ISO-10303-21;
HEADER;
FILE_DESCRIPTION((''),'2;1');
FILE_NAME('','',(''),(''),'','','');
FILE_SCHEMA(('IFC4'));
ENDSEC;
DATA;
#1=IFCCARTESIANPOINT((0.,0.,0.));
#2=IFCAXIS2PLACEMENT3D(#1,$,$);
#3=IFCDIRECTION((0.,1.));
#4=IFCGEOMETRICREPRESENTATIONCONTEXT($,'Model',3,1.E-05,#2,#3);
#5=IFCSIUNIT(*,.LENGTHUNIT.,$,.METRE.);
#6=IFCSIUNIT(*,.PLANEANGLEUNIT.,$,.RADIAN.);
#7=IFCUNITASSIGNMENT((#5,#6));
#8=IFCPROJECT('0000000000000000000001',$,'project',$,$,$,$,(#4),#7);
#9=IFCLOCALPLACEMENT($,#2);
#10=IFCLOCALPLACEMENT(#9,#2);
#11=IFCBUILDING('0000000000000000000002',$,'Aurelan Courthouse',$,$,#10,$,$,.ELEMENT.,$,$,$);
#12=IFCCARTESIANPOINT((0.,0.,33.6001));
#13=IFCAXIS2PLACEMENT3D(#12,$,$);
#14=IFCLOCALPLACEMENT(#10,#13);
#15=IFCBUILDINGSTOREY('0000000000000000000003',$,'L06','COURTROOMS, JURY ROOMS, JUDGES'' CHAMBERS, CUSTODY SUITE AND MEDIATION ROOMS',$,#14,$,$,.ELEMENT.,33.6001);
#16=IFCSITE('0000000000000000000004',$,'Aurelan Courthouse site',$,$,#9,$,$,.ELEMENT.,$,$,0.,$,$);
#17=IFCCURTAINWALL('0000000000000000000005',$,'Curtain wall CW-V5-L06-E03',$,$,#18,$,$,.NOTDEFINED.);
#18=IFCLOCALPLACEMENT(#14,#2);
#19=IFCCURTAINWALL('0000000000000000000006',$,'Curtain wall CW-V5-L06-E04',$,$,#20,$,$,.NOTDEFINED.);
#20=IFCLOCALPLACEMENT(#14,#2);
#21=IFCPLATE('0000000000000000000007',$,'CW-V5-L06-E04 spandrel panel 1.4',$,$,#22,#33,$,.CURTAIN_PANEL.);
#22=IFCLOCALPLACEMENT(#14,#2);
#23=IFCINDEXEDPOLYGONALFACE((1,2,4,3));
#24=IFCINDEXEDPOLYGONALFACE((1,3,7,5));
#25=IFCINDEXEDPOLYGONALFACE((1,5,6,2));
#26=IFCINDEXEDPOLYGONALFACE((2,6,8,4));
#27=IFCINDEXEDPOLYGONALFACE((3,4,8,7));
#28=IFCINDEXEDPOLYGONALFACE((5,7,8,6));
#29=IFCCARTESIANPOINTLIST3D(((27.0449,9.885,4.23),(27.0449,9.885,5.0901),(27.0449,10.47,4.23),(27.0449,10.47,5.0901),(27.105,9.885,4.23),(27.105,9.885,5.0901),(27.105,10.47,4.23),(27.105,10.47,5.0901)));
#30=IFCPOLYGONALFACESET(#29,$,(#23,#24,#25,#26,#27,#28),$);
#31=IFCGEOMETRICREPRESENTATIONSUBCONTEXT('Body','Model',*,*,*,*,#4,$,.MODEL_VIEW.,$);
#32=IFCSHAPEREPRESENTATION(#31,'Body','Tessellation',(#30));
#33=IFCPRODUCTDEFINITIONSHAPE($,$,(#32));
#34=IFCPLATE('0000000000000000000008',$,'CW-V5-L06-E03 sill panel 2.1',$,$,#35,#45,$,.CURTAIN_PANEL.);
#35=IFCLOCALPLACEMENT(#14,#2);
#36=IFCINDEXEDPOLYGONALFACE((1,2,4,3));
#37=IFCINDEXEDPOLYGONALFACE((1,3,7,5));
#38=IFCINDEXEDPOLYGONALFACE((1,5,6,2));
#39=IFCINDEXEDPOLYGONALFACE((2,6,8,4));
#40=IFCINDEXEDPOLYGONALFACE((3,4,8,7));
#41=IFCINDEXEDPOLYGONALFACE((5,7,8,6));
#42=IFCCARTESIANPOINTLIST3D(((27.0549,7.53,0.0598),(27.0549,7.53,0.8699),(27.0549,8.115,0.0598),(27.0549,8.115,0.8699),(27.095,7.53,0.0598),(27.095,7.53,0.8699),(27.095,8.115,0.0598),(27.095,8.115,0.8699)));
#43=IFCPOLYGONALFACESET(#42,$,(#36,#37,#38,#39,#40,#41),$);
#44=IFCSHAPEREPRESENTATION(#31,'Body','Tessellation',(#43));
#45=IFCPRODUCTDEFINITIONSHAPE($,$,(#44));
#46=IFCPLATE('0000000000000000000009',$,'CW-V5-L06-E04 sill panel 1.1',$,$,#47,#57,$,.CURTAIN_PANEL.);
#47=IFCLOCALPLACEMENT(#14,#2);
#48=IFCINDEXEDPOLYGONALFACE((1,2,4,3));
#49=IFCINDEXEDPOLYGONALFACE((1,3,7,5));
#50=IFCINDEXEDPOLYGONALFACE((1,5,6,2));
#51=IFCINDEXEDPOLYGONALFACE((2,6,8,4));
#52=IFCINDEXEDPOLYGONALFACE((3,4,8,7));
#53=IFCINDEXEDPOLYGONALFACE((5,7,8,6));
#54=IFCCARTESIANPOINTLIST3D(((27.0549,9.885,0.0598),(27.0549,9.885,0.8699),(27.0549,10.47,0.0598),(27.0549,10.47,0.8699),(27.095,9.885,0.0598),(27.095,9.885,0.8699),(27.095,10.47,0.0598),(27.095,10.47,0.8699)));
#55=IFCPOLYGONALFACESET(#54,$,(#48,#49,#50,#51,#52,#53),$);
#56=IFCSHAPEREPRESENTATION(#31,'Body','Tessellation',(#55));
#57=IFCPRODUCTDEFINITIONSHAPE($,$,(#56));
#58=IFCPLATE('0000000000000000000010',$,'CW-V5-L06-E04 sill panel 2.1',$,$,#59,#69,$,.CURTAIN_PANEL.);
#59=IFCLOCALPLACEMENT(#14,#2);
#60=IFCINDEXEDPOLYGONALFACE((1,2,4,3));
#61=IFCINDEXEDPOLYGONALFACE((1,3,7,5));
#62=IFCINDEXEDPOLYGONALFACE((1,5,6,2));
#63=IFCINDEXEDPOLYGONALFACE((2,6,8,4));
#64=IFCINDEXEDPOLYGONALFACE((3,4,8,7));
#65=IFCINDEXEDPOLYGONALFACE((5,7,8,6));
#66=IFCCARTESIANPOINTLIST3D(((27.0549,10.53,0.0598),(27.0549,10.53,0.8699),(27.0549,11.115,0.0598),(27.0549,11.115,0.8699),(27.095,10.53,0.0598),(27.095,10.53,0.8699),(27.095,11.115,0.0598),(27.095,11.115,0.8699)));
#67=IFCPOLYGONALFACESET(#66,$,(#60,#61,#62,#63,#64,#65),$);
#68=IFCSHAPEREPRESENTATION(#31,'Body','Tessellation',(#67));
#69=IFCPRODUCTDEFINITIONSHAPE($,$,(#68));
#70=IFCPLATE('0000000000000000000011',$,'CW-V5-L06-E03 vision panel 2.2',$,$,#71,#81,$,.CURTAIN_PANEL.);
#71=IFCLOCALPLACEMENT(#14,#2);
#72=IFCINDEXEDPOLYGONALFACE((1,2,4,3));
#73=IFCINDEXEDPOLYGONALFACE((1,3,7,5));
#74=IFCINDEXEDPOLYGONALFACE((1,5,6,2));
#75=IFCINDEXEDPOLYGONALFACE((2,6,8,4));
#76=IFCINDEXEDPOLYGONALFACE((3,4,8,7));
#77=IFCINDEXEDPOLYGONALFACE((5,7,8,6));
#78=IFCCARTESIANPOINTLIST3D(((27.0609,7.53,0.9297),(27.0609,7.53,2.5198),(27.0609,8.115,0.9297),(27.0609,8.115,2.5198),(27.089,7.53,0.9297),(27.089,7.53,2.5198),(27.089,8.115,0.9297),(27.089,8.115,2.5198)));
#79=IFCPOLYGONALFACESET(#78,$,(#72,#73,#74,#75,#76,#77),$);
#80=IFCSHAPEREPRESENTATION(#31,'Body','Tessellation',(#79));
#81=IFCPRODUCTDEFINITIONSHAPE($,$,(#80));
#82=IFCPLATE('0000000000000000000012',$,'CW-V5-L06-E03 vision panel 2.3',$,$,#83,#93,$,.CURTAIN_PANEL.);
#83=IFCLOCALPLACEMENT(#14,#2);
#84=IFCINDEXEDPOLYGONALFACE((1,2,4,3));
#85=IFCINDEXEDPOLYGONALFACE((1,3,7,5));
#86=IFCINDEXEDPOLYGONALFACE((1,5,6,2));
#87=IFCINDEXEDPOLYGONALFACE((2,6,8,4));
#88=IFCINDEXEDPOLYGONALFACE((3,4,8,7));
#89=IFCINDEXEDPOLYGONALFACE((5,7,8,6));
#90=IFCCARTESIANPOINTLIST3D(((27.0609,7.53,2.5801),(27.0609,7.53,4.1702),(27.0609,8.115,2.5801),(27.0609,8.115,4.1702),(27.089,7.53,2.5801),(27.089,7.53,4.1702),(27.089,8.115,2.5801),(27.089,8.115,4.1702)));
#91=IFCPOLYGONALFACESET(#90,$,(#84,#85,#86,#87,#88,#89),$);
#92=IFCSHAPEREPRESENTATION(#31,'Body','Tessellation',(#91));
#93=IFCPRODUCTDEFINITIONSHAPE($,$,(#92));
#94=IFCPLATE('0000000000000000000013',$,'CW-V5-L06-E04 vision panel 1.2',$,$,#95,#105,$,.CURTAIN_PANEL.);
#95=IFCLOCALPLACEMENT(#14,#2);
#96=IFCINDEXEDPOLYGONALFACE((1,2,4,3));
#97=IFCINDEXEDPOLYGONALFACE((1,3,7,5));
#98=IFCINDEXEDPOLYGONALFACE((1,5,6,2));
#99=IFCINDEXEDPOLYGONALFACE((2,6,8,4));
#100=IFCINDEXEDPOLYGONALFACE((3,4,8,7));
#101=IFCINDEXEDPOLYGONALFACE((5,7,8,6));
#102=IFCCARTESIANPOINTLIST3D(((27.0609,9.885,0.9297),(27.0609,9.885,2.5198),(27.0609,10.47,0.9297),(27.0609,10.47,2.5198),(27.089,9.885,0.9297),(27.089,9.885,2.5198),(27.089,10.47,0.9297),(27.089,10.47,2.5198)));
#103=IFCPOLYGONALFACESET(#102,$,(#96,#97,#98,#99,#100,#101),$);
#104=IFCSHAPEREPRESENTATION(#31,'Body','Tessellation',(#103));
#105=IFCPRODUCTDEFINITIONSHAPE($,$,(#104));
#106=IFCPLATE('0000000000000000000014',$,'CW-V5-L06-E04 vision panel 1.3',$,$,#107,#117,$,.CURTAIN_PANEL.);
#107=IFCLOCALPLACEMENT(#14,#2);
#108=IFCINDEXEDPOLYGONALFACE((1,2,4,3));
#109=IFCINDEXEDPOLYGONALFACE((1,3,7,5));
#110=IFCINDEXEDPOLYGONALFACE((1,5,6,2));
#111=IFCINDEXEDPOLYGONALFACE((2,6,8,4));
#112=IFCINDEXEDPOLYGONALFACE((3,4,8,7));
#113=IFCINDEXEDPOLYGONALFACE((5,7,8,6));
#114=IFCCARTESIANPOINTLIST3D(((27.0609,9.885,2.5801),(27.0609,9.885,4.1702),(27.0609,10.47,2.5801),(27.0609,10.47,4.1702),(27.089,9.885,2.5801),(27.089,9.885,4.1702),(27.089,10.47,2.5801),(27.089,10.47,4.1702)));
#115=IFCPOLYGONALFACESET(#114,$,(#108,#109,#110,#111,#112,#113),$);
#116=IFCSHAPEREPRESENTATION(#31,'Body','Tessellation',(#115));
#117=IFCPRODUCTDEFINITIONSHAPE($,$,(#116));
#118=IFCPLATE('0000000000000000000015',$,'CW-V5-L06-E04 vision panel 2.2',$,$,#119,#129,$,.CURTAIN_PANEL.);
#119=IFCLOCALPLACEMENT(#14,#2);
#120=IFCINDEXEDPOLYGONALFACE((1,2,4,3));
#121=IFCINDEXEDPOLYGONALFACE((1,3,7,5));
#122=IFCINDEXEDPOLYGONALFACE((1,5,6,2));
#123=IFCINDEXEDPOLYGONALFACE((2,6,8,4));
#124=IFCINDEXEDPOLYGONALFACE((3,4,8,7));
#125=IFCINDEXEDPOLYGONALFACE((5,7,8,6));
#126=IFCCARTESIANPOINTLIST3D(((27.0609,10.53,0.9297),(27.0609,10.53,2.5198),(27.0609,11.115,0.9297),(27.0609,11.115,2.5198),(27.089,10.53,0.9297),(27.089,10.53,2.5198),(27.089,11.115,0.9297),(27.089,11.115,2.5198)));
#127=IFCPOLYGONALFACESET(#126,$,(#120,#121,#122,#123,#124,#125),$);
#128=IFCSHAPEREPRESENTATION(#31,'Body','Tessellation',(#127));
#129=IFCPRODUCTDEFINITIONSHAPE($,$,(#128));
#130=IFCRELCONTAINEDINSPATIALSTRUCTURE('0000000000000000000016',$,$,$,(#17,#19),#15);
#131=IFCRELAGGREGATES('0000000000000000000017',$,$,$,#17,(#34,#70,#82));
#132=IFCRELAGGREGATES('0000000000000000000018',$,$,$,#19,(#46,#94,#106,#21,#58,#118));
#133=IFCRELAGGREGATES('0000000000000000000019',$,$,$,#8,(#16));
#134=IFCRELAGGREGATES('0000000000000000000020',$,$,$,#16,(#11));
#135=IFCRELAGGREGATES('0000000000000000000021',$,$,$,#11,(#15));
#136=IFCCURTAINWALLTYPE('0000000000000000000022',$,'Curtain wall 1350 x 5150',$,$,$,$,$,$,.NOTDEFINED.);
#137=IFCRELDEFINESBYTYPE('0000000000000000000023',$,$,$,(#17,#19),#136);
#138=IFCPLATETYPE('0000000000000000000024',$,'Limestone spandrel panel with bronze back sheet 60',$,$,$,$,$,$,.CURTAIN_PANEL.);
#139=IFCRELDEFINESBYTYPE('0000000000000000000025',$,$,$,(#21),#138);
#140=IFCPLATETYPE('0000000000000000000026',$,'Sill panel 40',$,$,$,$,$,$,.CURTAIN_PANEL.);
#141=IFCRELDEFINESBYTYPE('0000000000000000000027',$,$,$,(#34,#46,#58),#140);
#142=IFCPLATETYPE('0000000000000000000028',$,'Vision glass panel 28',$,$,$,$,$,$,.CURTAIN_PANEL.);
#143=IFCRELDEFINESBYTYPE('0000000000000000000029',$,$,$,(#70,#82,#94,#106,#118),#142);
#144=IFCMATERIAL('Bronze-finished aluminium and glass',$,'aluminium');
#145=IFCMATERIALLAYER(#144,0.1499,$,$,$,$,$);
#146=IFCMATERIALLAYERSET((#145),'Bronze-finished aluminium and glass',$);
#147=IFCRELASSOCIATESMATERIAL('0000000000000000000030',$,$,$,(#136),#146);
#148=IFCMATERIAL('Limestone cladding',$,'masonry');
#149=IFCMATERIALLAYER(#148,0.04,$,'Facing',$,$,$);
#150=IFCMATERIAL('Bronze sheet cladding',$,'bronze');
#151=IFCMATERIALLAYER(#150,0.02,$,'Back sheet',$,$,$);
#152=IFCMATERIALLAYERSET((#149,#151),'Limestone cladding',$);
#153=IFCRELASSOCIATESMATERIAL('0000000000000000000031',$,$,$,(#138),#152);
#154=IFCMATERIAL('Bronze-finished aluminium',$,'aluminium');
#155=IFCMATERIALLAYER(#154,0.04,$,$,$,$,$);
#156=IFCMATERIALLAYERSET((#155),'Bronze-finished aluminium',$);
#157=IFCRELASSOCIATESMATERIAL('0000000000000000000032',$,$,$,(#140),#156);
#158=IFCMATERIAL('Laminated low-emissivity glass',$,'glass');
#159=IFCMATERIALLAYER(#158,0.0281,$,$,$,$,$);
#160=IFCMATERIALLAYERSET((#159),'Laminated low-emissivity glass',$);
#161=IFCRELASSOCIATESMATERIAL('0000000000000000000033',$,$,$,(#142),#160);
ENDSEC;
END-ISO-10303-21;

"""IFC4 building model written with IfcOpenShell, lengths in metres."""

from ifc_helpers import new_model, si_unit, direction, frame, origin, origin_2d, place, context, subcontext, project, spatial, rectangle, extrude, material, layer, layer_set, type_object, element, aggregate, save


model = new_model("IFC4")

# Units and contexts
model_context = context("Model", 3, precision=1e-05, world=origin(), true_north=direction((0.0, 1.0)))
body_context = subcontext(model_context, "Body", "Model", "MODEL_VIEW")
ifc_project = project(units=[si_unit("LENGTHUNIT", "METRE"), si_unit("PLANEANGLEUNIT", "RADIAN")], contexts=[model_context])

# Site, building, storey
site_placement = place(None, origin())
site = spatial("IfcSite", under=ifc_project, at=site_placement, Name="Aurelan Courthouse site", CompositionType="ELEMENT", RefElevation=0.0)
building_placement = place(site_placement, origin())
building = spatial("IfcBuilding", under=site, at=building_placement, Name="Aurelan Courthouse", CompositionType="ELEMENT")
storey_placement = place(building_placement, frame((0.0, 0.0, 33.6001)))
storey = spatial("IfcBuildingStorey", under=building, at=storey_placement, Name="L06", Description="COURTROOMS, JURY ROOMS, JUDGES' CHAMBERS, CUSTODY SUITE AND MEDIATION ROOMS", CompositionType="ELEMENT", Elevation=33.6001)

# Curtain wall
ifc_material_1 = material(Name="Bronze-finished aluminium and glass", Category="aluminium")
ifc_layer_1 = layer(ifc_material_1, 0.1499)
ifc_layer_set_1 = layer_set([ifc_layer_1], Name="Bronze-finished aluminium and glass")
curtain_wall_type = type_object("IfcCurtainWallType", Name="Curtain wall 1350 x 5150", PredefinedType="NOTDEFINED", material=ifc_layer_set_1)
curtain_wall_1_placement = place(storey_placement, origin())
curtain_wall_1 = element("IfcCurtainWall", 1, at=curtain_wall_1_placement, inside=storey, type_object=curtain_wall_type, Name="Curtain wall CW-V5-L06-E03", PredefinedType="NOTDEFINED")
ifc_material_2 = material(Name="Bronze-finished aluminium", Category="aluminium")

# Curtain wall
curtain_wall_2_placement = place(storey_placement, origin())
curtain_wall_2 = element("IfcCurtainWall", 2, at=curtain_wall_2_placement, inside=storey, type_object=curtain_wall_type, Name="Curtain wall CW-V5-L06-E04", PredefinedType="NOTDEFINED")

# Plates
ifc_material_3 = material(Name="Limestone cladding", Category="masonry")
ifc_layer_2 = layer(ifc_material_3, 0.04, Name="Facing")
ifc_material_4 = material(Name="Bronze sheet cladding", Category="bronze")
ifc_layer_3 = layer(ifc_material_4, 0.02, Name="Back sheet")
ifc_layer_set_2 = layer_set([ifc_layer_2, ifc_layer_3], Name="Limestone cladding")
plate_type_1 = type_object("IfcPlateType", Name="Limestone spandrel panel with bronze back sheet 60", PredefinedType="CURTAIN_PANEL", material=ifc_layer_set_2)
plate_1_placement = place(storey_placement, frame((27.075, 10.1775, 4.23), z_axis=(0.0, 0.0, 1.0), x_axis=(0.0, 1.0, 0.0)))
plate_1 = element("IfcPlate", 3, at=plate_1_placement, type_object=plate_type_1, Name="CW-V5-L06-E04 spandrel panel 1.4", PredefinedType="CURTAIN_PANEL", context=body_context, shape_type="SweptSolid", body=[
    extrude(rectangle(XDim=0.585, YDim=0.0601, at=origin_2d()), origin(), (0.0, 0.0, 1.0), 0.8601),
])
ifc_layer_4 = layer(ifc_material_2, 0.04)
ifc_layer_set_3 = layer_set([ifc_layer_4], Name="Bronze-finished aluminium")
plate_type_2 = type_object("IfcPlateType", Name="Sill panel 40", PredefinedType="CURTAIN_PANEL", material=ifc_layer_set_3)
plate_2_placement = place(storey_placement, frame((27.075, 7.8225, 0.0598), z_axis=(0.0, 0.0, 1.0), x_axis=(0.0, 1.0, 0.0)))
plate_2 = element("IfcPlate", 4, at=plate_2_placement, type_object=plate_type_2, Name="CW-V5-L06-E03 sill panel 2.1", PredefinedType="CURTAIN_PANEL", context=body_context, shape_type="SweptSolid", body=[
    extrude(rectangle(XDim=0.585, YDim=0.04, at=origin_2d()), origin(), (0.0, 0.0, 1.0), 0.8101),
])
plate_3_placement = place(storey_placement, frame((27.075, 10.1775, 0.0598), z_axis=(0.0, 0.0, 1.0), x_axis=(0.0, 1.0, 0.0)))
plate_3 = element("IfcPlate", 5, at=plate_3_placement, type_object=plate_type_2, Name="CW-V5-L06-E04 sill panel 1.1", PredefinedType="CURTAIN_PANEL", context=body_context, shape_type="SweptSolid", body=[
    extrude(rectangle(XDim=0.585, YDim=0.04, at=origin_2d()), origin(), (0.0, 0.0, 1.0), 0.8101),
])
plate_4_placement = place(storey_placement, frame((27.075, 10.8225, 0.0598), z_axis=(0.0, 0.0, 1.0), x_axis=(0.0, 1.0, 0.0)))
plate_4 = element("IfcPlate", 6, at=plate_4_placement, type_object=plate_type_2, Name="CW-V5-L06-E04 sill panel 2.1", PredefinedType="CURTAIN_PANEL", context=body_context, shape_type="SweptSolid", body=[
    extrude(rectangle(XDim=0.585, YDim=0.04, at=origin_2d()), origin(), (0.0, 0.0, 1.0), 0.8101),
])
ifc_material_5 = material(Name="Laminated low-emissivity glass", Category="glass")
ifc_layer_5 = layer(ifc_material_5, 0.0281)
ifc_layer_set_4 = layer_set([ifc_layer_5], Name="Laminated low-emissivity glass")
plate_type_3 = type_object("IfcPlateType", Name="Vision glass panel 28", PredefinedType="CURTAIN_PANEL", material=ifc_layer_set_4)
plate_5_placement = place(storey_placement, frame((27.075, 7.8225, 0.9297), z_axis=(0.0, 0.0, 1.0), x_axis=(0.0, 1.0, 0.0)))
plate_5 = element("IfcPlate", 7, at=plate_5_placement, type_object=plate_type_3, Name="CW-V5-L06-E03 vision panel 2.2", PredefinedType="CURTAIN_PANEL", context=body_context, shape_type="SweptSolid", body=[
    extrude(rectangle(XDim=0.585, YDim=0.0281, at=origin_2d()), origin(), (0.0, 0.0, 1.0), 1.5901),
])
plate_6_placement = place(storey_placement, frame((27.075, 7.8225, 2.5801), z_axis=(0.0, 0.0, 1.0), x_axis=(0.0, 1.0, 0.0)))
plate_6 = element("IfcPlate", 8, at=plate_6_placement, type_object=plate_type_3, Name="CW-V5-L06-E03 vision panel 2.3", PredefinedType="CURTAIN_PANEL", context=body_context, shape_type="SweptSolid", body=[
    extrude(rectangle(XDim=0.585, YDim=0.0281, at=origin_2d()), origin(), (0.0, 0.0, 1.0), 1.5901),
])
aggregate(curtain_wall_1, [plate_2, plate_5, plate_6])
plate_7_placement = place(storey_placement, frame((27.075, 10.1775, 0.9297), z_axis=(0.0, 0.0, 1.0), x_axis=(0.0, 1.0, 0.0)))
plate_7 = element("IfcPlate", 9, at=plate_7_placement, type_object=plate_type_3, Name="CW-V5-L06-E04 vision panel 1.2", PredefinedType="CURTAIN_PANEL", context=body_context, shape_type="SweptSolid", body=[
    extrude(rectangle(XDim=0.585, YDim=0.0281, at=origin_2d()), origin(), (0.0, 0.0, 1.0), 1.5901),
])
plate_8_placement = place(storey_placement, frame((27.075, 10.1775, 2.5801), z_axis=(0.0, 0.0, 1.0), x_axis=(0.0, 1.0, 0.0)))
plate_8 = element("IfcPlate", 10, at=plate_8_placement, type_object=plate_type_3, Name="CW-V5-L06-E04 vision panel 1.3", PredefinedType="CURTAIN_PANEL", context=body_context, shape_type="SweptSolid", body=[
    extrude(rectangle(XDim=0.585, YDim=0.0281, at=origin_2d()), origin(), (0.0, 0.0, 1.0), 1.5901),
])
plate_9_placement = place(storey_placement, frame((27.075, 10.8225, 0.9297), z_axis=(0.0, 0.0, 1.0), x_axis=(0.0, 1.0, 0.0)))
plate_9 = element("IfcPlate", 11, at=plate_9_placement, type_object=plate_type_3, Name="CW-V5-L06-E04 vision panel 2.2", PredefinedType="CURTAIN_PANEL", context=body_context, shape_type="SweptSolid", body=[
    extrude(rectangle(XDim=0.585, YDim=0.0281, at=origin_2d()), origin(), (0.0, 0.0, 1.0), 1.5901),
])
aggregate(curtain_wall_2, [plate_3, plate_7, plate_8, plate_1, plate_4, plate_9])

save(model, "model.ifc")
